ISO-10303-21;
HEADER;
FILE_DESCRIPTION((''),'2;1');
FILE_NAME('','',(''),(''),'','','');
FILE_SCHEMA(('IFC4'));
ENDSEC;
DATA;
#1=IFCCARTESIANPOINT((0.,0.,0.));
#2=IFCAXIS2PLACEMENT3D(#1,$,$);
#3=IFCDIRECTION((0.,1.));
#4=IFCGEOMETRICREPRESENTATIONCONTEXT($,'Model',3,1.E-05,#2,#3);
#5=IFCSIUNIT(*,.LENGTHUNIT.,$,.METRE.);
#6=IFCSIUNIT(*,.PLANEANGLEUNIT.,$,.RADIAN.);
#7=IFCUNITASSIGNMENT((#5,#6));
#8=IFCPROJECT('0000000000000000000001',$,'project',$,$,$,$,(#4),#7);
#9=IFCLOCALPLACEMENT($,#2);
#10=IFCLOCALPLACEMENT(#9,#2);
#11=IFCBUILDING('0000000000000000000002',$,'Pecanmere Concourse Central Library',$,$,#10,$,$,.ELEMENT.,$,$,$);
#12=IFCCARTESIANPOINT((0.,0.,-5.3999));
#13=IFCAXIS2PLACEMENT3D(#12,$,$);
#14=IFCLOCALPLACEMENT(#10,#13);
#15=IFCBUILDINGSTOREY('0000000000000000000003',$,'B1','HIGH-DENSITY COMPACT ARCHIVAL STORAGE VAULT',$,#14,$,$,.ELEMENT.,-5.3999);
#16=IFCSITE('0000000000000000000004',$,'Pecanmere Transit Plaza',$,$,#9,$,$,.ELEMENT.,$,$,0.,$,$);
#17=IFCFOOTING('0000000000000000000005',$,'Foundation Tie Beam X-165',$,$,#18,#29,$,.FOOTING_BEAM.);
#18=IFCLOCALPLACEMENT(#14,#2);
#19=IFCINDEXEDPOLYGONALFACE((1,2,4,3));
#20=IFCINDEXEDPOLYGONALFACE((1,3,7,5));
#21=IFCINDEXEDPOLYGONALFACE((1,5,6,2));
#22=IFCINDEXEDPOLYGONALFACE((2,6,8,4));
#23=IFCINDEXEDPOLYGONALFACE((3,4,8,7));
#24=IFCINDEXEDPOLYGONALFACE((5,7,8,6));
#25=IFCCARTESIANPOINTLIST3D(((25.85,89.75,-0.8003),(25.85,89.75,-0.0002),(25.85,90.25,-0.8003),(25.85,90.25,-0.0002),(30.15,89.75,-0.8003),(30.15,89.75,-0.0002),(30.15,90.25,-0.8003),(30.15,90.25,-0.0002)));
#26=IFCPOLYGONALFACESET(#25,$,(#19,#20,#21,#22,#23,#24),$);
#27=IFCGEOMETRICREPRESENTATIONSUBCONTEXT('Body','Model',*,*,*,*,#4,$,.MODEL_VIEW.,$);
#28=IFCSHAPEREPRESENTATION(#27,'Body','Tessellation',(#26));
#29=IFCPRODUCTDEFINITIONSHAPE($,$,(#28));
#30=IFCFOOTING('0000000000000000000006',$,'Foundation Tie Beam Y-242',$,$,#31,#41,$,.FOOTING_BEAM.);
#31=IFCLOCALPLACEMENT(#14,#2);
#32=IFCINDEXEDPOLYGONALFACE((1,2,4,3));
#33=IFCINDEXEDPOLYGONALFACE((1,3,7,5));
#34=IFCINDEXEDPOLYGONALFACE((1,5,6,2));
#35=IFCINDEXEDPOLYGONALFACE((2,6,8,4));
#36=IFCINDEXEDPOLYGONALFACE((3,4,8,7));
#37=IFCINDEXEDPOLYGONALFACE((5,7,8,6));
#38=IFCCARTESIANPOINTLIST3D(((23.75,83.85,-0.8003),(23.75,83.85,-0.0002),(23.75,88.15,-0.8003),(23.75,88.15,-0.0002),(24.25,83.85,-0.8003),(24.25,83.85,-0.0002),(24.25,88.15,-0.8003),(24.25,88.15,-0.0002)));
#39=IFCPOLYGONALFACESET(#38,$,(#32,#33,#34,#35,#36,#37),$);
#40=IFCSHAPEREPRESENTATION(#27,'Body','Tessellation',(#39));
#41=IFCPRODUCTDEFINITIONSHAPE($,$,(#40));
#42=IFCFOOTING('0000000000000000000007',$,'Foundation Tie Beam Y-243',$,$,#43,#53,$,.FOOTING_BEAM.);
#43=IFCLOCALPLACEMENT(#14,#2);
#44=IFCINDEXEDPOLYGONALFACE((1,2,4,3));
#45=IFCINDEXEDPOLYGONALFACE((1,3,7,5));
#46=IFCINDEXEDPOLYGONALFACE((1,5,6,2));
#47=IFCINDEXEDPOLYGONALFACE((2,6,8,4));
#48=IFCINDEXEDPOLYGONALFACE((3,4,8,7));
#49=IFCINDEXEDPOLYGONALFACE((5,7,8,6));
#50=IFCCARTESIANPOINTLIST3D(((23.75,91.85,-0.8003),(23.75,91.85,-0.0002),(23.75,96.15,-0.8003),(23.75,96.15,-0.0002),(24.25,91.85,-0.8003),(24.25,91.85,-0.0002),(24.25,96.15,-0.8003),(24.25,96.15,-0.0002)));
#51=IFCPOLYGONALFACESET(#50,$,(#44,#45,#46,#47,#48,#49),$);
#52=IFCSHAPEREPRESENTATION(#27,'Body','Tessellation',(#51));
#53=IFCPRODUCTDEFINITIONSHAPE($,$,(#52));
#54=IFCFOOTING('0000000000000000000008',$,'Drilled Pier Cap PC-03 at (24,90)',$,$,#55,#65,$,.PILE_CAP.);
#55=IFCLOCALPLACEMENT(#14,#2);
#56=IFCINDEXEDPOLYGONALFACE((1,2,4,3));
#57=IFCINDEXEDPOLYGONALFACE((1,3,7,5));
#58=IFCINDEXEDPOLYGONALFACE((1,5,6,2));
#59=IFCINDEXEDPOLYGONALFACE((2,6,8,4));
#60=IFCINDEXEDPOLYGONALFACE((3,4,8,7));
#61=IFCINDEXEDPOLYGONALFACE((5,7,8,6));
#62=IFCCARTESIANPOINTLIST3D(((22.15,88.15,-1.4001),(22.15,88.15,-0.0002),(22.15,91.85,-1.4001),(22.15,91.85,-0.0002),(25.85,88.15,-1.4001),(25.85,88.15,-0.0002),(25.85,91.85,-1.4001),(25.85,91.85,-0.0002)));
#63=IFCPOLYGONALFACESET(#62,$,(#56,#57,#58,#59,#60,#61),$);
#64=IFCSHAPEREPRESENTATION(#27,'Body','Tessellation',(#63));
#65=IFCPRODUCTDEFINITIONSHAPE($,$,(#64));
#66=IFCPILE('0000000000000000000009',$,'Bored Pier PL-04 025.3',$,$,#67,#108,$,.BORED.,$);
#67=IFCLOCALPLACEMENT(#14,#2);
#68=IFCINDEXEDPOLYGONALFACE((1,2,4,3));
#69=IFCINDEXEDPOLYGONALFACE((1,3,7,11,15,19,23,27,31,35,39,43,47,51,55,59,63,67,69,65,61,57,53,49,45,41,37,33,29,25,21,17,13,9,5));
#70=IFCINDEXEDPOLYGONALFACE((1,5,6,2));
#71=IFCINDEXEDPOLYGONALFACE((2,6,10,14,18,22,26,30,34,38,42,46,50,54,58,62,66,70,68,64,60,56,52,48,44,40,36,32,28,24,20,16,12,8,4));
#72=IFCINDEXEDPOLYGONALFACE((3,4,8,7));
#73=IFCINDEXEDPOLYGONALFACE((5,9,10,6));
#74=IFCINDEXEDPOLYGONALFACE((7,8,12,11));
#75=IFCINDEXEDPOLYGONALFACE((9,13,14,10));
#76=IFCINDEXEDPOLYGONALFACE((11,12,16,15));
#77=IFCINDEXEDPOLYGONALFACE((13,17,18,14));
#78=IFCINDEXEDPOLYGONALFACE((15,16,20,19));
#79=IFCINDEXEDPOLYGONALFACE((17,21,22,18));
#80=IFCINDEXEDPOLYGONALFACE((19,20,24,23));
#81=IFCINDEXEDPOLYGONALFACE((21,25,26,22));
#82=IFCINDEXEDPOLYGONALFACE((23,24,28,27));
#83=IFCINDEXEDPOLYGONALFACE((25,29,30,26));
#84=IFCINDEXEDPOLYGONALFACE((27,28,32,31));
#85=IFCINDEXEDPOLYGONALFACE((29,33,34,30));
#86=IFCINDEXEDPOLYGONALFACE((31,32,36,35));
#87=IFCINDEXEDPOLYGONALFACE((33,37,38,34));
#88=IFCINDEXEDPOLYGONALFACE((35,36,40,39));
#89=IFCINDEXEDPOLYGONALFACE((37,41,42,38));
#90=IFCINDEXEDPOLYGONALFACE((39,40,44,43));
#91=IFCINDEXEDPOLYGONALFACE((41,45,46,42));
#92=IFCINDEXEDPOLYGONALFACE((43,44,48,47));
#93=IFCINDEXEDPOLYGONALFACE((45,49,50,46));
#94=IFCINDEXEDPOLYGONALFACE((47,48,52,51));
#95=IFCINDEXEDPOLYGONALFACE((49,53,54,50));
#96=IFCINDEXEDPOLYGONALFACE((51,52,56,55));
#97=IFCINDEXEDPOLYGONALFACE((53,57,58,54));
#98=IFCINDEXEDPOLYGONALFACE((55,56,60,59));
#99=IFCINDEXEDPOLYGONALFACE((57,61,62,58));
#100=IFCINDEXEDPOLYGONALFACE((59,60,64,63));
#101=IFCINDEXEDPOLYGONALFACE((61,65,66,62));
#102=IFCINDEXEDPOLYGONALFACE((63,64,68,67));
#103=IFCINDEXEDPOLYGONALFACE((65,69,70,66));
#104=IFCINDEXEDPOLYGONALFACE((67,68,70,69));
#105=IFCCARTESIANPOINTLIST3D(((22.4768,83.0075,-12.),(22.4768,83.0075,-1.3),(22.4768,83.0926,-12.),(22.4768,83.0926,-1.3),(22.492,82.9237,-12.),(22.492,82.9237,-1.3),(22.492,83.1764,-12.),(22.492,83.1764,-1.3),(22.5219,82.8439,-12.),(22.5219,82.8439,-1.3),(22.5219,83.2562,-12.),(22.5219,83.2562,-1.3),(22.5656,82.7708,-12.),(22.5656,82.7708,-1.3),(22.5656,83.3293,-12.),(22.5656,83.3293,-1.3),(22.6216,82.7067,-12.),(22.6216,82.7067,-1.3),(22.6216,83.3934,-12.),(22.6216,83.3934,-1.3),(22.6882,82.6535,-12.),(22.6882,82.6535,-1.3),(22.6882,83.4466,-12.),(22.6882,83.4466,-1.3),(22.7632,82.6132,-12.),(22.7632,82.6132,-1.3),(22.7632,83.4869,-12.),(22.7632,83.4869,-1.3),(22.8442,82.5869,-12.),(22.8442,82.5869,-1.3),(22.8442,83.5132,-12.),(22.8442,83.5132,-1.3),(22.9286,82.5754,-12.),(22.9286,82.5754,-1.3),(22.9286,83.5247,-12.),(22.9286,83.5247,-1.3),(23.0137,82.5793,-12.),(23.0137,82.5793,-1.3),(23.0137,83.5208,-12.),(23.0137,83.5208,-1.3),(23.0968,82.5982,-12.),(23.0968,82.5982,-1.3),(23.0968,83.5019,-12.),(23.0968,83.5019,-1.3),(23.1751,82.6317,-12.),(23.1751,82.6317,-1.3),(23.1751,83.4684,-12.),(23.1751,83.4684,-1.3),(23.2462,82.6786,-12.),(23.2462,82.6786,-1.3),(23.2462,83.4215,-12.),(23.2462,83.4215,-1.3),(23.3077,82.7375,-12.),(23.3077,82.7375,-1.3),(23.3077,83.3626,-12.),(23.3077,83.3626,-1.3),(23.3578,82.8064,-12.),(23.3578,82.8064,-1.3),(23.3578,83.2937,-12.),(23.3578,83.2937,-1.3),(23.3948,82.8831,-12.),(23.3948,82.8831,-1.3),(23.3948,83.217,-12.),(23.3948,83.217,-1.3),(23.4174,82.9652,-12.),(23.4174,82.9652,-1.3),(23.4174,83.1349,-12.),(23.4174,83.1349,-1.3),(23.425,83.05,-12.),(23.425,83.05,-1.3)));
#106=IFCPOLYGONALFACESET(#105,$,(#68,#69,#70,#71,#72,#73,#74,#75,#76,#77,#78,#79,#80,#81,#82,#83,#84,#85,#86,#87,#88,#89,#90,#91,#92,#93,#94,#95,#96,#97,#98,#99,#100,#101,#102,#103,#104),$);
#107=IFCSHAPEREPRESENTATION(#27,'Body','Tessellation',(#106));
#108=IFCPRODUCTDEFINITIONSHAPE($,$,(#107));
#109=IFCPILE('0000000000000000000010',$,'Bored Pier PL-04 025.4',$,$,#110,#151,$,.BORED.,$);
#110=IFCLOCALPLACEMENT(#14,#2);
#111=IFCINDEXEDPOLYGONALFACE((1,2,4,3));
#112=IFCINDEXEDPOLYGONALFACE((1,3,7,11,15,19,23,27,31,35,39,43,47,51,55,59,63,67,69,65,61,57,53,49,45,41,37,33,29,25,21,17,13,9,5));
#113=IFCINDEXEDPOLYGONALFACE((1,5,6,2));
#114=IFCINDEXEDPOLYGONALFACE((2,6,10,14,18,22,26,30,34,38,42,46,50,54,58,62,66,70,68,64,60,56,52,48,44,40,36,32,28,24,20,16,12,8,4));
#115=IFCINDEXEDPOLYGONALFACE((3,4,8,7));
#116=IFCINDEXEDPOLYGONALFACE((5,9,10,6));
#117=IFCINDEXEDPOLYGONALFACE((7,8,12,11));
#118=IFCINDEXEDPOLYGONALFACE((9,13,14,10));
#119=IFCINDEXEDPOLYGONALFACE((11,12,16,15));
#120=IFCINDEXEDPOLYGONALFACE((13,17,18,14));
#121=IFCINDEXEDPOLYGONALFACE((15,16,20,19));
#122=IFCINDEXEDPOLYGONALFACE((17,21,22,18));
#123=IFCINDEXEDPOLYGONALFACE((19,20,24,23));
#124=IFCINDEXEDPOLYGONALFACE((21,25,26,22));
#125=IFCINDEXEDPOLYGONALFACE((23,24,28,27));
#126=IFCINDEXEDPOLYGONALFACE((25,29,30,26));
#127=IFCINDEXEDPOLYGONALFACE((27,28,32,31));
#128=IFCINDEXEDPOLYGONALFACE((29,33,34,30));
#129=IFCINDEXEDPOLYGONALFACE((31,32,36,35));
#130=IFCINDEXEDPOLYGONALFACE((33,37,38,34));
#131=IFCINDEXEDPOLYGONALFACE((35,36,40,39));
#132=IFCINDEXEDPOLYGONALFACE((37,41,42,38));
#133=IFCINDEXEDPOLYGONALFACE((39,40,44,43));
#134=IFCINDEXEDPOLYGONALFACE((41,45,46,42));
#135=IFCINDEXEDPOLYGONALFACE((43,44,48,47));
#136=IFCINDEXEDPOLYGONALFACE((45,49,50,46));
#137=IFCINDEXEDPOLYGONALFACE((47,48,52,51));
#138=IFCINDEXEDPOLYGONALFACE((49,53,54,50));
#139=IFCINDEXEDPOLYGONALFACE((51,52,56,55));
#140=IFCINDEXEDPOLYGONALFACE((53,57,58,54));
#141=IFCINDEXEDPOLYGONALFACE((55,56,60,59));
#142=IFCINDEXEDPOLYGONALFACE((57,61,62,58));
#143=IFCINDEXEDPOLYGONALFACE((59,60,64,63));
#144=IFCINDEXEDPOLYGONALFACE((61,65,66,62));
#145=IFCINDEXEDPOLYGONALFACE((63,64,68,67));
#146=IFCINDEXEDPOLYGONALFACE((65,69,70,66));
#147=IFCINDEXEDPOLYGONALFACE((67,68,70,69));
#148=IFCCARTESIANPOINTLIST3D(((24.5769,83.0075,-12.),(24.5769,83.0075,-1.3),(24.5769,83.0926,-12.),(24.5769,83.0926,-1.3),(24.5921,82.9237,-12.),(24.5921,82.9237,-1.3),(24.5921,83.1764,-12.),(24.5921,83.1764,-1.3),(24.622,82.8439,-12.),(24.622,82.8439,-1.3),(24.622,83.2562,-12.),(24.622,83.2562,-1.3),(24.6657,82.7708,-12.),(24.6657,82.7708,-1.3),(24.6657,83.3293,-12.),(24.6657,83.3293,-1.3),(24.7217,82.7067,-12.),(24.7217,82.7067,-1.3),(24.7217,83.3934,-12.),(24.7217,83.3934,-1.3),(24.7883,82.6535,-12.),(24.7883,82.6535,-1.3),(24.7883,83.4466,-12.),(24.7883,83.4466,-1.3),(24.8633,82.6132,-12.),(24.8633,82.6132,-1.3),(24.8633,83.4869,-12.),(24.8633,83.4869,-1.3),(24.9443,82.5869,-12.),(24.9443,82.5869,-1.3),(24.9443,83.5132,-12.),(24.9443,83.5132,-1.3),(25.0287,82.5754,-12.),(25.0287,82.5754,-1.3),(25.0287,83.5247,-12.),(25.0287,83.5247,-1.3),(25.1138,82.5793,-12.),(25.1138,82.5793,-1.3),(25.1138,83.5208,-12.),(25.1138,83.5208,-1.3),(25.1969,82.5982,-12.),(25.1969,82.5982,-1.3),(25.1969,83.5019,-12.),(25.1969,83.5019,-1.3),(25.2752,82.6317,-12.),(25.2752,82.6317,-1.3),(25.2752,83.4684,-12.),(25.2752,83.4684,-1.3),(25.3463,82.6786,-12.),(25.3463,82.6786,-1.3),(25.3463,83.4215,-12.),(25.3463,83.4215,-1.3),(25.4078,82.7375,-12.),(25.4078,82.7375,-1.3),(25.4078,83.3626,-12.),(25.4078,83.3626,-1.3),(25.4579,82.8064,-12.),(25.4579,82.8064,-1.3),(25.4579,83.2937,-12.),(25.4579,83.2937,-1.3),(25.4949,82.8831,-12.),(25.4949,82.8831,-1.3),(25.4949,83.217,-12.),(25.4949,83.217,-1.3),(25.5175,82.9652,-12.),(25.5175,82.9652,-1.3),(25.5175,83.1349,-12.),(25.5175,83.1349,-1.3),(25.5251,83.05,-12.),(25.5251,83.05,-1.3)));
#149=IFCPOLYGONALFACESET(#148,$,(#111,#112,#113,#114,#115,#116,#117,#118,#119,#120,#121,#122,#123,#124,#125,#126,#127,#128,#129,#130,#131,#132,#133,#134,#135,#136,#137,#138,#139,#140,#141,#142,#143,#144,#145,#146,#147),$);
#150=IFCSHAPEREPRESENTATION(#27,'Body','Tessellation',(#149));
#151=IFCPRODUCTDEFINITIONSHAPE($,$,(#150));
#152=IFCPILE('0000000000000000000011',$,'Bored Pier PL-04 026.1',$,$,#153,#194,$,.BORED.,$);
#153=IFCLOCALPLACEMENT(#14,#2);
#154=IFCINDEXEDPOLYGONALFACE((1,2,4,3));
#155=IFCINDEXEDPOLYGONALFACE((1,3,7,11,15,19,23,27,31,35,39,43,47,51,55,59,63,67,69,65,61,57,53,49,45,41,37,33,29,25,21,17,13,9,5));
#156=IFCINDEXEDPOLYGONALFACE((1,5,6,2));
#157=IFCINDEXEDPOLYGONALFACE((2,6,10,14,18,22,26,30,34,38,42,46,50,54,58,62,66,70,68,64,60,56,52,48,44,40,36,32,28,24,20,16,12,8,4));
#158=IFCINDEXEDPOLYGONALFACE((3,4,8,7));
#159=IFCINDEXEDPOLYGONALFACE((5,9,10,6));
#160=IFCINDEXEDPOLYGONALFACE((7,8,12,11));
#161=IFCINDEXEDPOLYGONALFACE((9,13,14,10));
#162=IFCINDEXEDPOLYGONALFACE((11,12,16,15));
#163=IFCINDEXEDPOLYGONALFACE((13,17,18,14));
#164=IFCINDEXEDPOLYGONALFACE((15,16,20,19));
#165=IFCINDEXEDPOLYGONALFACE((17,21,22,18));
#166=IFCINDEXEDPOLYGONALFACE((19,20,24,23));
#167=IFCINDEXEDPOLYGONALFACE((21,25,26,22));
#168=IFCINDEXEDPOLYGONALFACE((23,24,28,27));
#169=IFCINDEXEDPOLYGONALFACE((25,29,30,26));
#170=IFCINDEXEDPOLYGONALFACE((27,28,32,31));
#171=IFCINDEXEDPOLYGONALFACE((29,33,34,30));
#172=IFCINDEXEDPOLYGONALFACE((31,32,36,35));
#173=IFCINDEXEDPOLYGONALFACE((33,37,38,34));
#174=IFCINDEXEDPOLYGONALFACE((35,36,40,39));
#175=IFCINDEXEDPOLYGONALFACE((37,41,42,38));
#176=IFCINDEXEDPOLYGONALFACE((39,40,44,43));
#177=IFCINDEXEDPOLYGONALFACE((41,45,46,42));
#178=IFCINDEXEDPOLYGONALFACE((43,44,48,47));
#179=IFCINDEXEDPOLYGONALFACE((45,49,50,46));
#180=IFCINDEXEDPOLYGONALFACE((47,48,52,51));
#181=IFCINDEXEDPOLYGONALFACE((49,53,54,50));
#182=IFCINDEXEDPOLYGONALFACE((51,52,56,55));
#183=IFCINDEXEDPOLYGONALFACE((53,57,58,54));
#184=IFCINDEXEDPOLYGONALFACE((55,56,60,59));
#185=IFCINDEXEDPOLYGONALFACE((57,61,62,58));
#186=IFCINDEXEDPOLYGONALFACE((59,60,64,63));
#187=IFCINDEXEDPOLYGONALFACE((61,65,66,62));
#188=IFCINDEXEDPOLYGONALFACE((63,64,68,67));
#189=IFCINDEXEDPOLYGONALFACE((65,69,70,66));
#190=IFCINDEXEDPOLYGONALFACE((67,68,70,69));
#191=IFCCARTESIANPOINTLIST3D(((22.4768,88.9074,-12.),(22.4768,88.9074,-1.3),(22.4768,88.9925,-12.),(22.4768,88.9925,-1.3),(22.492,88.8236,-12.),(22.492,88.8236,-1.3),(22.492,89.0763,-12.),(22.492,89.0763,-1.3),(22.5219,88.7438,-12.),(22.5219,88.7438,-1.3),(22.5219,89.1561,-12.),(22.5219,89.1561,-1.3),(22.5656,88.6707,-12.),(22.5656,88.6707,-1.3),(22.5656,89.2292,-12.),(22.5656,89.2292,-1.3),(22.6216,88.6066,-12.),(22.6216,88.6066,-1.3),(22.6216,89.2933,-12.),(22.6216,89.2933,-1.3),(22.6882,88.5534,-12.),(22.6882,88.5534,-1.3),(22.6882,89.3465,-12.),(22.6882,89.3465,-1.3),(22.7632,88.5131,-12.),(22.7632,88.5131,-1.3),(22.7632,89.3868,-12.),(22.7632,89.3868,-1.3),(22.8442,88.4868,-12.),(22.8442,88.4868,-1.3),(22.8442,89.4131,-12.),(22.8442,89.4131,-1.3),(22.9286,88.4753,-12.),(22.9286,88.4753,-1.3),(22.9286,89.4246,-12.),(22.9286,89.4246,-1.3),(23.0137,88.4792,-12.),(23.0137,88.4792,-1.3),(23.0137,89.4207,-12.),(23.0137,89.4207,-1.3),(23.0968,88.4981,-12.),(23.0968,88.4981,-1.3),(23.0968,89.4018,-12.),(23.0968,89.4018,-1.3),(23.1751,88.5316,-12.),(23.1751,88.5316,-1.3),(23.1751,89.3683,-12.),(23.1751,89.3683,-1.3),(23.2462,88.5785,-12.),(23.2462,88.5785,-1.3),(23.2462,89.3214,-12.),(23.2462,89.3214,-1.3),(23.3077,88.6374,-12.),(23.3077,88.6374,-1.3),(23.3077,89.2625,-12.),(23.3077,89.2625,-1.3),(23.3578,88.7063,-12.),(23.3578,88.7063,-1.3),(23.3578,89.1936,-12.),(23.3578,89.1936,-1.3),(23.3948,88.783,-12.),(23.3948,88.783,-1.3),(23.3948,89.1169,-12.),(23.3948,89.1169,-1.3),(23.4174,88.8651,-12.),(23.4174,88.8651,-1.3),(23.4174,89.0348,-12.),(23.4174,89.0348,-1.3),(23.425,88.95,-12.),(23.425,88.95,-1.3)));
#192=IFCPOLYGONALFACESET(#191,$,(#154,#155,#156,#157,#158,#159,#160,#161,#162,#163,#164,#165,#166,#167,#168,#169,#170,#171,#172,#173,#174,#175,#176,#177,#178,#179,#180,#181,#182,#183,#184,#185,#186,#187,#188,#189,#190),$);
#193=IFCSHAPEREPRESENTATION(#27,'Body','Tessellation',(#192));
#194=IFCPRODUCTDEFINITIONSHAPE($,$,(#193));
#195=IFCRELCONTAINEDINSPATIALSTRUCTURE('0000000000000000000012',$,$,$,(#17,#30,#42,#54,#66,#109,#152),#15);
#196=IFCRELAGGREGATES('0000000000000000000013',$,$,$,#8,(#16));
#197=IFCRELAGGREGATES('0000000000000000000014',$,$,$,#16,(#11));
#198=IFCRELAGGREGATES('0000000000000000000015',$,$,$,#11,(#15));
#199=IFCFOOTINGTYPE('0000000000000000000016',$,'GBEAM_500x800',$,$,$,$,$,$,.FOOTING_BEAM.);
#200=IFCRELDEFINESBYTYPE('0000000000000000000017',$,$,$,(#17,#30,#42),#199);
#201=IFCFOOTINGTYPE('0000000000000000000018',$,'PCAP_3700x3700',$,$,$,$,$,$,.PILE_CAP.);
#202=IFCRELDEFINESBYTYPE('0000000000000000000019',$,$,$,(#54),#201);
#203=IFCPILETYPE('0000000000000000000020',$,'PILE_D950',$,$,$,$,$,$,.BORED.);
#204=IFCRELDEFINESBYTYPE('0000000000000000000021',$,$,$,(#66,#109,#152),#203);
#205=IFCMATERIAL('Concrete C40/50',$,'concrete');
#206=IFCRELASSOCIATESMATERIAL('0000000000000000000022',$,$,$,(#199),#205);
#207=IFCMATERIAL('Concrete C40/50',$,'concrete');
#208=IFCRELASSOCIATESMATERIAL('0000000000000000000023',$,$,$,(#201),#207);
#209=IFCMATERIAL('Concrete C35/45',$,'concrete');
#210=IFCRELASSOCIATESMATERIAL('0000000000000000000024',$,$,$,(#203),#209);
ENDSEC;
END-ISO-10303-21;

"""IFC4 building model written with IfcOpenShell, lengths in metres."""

from ifc_helpers import new_model, si_unit, direction, frame, origin, origin_2d, place, context, subcontext, project, spatial, rectangle, circle, extrude, material, material_profile, profile_set, type_object, element, save


model = new_model("IFC4")

# Units and contexts
model_context = context("Model", 3, precision=1e-05, world=origin(), true_north=direction((0.0, 1.0)))
body_context = subcontext(model_context, "Body", "Model", "MODEL_VIEW")
ifc_project = project(units=[si_unit("LENGTHUNIT", "METRE"), si_unit("PLANEANGLEUNIT", "RADIAN")], contexts=[model_context])

# Site, building, storey
site_placement = place(None, origin())
site = spatial("IfcSite", under=ifc_project, at=site_placement, Name="Pecanmere Transit Plaza", CompositionType="ELEMENT", RefElevation=0.0)
building_placement = place(site_placement, origin())
building = spatial("IfcBuilding", under=site, at=building_placement, Name="Pecanmere Concourse Central Library", CompositionType="ELEMENT")
storey_placement = place(building_placement, frame((0.0, 0.0, -5.3999)))
storey = spatial("IfcBuildingStorey", under=building, at=storey_placement, Name="B1", Description="HIGH-DENSITY COMPACT ARCHIVAL STORAGE VAULT", CompositionType="ELEMENT", Elevation=-5.3999)

# Footings
ifc_material_1 = material(Name="Concrete C40/50", Category="concrete")
ifc_material_profile_1 = material_profile(ifc_material_1, rectangle(XDim=0.5, YDim=0.8, at=origin_2d()), Name="RC 500x800")
ifc_profile_set_1 = profile_set([ifc_material_profile_1], Name="Concrete C40/50")
footing_type_1 = type_object("IfcFootingType", Name="GBEAM_500x800", PredefinedType="FOOTING_BEAM", material=ifc_profile_set_1)
for number, where, z_axis, x_axis, name in (
    (1, (28.0, 90.0, -0.8003), (0.0, 0.0, 1.0), (1.0, 0.0, 0.0), "Foundation Tie Beam X-165"),
    (2, (24.0, 86.0, -0.8003), (0.0, 0.0, 1.0), (0.0, 1.0, 0.0), "Foundation Tie Beam Y-242"),
    (3, (24.0, 94.0, -0.8003), (0.0, 0.0, 1.0), (0.0, 1.0, 0.0), "Foundation Tie Beam Y-243"),
):
    element("IfcFooting", number, at=place(storey_placement, frame(where, z_axis=z_axis, x_axis=x_axis)), inside=storey, type_object=footing_type_1, Name=name, PredefinedType="FOOTING_BEAM", context=body_context, shape_type="SweptSolid", body=[
        extrude(rectangle(XDim=4.3, YDim=0.5, at=origin_2d()), origin(), (0.0, 0.0, 1.0), 0.8),
    ])
ifc_material_2 = material(Name="Concrete C40/50", Category="concrete")
footing_type_2 = type_object("IfcFootingType", Name="PCAP_3700x3700", PredefinedType="PILE_CAP", material=ifc_material_2)
footing_placement = place(storey_placement, frame((24.0, 90.0, -1.4001), z_axis=(0.0, 0.0, 1.0), x_axis=(1.0, 0.0, 0.0)))
element("IfcFooting", 4, at=footing_placement, inside=storey, type_object=footing_type_2, Name="Drilled Pier Cap PC-03 at (24,90)", PredefinedType="PILE_CAP", context=body_context, shape_type="SweptSolid", body=[
    extrude(rectangle(XDim=3.7, YDim=3.7, at=origin_2d()), origin(), (0.0, 0.0, 1.0), 1.3999),
])

# Piles
ifc_material_3 = material(Name="Concrete C35/45", Category="concrete")
ifc_material_profile_2 = material_profile(ifc_material_3, circle(Radius=0.4751, at=origin_2d()), Name="PIER D950")
ifc_profile_set_2 = profile_set([ifc_material_profile_2], Name="Concrete C35/45")
pile_type = type_object("IfcPileType", Name="PILE_D950", PredefinedType="BORED", material=ifc_profile_set_2)
for number, where, z_axis, x_axis, name in (
    (5, (22.95, 83.05, -1.3), (0.0, 0.0, -1.0), (1.0, 0.0, 0.0), "Bored Pier PL-04 025.3"),
    (6, (25.05, 83.05, -1.3), (0.0, 0.0, -1.0), (1.0, 0.0, 0.0), "Bored Pier PL-04 025.4"),
    (7, (22.95, 88.95, -1.3), (0.0, 0.0, -1.0), (1.0, 0.0, 0.0), "Bored Pier PL-04 026.1"),
):
    element("IfcPile", number, at=place(storey_placement, frame(where, z_axis=z_axis, x_axis=x_axis)), inside=storey, type_object=pile_type, Name=name, PredefinedType="BORED", context=body_context, shape_type="SweptSolid", body=[
        extrude(circle(Radius=0.4751, at=origin_2d()), origin(), (0.0, 0.0, 1.0), 10.7),
    ])

save(model, "model.ifc")
